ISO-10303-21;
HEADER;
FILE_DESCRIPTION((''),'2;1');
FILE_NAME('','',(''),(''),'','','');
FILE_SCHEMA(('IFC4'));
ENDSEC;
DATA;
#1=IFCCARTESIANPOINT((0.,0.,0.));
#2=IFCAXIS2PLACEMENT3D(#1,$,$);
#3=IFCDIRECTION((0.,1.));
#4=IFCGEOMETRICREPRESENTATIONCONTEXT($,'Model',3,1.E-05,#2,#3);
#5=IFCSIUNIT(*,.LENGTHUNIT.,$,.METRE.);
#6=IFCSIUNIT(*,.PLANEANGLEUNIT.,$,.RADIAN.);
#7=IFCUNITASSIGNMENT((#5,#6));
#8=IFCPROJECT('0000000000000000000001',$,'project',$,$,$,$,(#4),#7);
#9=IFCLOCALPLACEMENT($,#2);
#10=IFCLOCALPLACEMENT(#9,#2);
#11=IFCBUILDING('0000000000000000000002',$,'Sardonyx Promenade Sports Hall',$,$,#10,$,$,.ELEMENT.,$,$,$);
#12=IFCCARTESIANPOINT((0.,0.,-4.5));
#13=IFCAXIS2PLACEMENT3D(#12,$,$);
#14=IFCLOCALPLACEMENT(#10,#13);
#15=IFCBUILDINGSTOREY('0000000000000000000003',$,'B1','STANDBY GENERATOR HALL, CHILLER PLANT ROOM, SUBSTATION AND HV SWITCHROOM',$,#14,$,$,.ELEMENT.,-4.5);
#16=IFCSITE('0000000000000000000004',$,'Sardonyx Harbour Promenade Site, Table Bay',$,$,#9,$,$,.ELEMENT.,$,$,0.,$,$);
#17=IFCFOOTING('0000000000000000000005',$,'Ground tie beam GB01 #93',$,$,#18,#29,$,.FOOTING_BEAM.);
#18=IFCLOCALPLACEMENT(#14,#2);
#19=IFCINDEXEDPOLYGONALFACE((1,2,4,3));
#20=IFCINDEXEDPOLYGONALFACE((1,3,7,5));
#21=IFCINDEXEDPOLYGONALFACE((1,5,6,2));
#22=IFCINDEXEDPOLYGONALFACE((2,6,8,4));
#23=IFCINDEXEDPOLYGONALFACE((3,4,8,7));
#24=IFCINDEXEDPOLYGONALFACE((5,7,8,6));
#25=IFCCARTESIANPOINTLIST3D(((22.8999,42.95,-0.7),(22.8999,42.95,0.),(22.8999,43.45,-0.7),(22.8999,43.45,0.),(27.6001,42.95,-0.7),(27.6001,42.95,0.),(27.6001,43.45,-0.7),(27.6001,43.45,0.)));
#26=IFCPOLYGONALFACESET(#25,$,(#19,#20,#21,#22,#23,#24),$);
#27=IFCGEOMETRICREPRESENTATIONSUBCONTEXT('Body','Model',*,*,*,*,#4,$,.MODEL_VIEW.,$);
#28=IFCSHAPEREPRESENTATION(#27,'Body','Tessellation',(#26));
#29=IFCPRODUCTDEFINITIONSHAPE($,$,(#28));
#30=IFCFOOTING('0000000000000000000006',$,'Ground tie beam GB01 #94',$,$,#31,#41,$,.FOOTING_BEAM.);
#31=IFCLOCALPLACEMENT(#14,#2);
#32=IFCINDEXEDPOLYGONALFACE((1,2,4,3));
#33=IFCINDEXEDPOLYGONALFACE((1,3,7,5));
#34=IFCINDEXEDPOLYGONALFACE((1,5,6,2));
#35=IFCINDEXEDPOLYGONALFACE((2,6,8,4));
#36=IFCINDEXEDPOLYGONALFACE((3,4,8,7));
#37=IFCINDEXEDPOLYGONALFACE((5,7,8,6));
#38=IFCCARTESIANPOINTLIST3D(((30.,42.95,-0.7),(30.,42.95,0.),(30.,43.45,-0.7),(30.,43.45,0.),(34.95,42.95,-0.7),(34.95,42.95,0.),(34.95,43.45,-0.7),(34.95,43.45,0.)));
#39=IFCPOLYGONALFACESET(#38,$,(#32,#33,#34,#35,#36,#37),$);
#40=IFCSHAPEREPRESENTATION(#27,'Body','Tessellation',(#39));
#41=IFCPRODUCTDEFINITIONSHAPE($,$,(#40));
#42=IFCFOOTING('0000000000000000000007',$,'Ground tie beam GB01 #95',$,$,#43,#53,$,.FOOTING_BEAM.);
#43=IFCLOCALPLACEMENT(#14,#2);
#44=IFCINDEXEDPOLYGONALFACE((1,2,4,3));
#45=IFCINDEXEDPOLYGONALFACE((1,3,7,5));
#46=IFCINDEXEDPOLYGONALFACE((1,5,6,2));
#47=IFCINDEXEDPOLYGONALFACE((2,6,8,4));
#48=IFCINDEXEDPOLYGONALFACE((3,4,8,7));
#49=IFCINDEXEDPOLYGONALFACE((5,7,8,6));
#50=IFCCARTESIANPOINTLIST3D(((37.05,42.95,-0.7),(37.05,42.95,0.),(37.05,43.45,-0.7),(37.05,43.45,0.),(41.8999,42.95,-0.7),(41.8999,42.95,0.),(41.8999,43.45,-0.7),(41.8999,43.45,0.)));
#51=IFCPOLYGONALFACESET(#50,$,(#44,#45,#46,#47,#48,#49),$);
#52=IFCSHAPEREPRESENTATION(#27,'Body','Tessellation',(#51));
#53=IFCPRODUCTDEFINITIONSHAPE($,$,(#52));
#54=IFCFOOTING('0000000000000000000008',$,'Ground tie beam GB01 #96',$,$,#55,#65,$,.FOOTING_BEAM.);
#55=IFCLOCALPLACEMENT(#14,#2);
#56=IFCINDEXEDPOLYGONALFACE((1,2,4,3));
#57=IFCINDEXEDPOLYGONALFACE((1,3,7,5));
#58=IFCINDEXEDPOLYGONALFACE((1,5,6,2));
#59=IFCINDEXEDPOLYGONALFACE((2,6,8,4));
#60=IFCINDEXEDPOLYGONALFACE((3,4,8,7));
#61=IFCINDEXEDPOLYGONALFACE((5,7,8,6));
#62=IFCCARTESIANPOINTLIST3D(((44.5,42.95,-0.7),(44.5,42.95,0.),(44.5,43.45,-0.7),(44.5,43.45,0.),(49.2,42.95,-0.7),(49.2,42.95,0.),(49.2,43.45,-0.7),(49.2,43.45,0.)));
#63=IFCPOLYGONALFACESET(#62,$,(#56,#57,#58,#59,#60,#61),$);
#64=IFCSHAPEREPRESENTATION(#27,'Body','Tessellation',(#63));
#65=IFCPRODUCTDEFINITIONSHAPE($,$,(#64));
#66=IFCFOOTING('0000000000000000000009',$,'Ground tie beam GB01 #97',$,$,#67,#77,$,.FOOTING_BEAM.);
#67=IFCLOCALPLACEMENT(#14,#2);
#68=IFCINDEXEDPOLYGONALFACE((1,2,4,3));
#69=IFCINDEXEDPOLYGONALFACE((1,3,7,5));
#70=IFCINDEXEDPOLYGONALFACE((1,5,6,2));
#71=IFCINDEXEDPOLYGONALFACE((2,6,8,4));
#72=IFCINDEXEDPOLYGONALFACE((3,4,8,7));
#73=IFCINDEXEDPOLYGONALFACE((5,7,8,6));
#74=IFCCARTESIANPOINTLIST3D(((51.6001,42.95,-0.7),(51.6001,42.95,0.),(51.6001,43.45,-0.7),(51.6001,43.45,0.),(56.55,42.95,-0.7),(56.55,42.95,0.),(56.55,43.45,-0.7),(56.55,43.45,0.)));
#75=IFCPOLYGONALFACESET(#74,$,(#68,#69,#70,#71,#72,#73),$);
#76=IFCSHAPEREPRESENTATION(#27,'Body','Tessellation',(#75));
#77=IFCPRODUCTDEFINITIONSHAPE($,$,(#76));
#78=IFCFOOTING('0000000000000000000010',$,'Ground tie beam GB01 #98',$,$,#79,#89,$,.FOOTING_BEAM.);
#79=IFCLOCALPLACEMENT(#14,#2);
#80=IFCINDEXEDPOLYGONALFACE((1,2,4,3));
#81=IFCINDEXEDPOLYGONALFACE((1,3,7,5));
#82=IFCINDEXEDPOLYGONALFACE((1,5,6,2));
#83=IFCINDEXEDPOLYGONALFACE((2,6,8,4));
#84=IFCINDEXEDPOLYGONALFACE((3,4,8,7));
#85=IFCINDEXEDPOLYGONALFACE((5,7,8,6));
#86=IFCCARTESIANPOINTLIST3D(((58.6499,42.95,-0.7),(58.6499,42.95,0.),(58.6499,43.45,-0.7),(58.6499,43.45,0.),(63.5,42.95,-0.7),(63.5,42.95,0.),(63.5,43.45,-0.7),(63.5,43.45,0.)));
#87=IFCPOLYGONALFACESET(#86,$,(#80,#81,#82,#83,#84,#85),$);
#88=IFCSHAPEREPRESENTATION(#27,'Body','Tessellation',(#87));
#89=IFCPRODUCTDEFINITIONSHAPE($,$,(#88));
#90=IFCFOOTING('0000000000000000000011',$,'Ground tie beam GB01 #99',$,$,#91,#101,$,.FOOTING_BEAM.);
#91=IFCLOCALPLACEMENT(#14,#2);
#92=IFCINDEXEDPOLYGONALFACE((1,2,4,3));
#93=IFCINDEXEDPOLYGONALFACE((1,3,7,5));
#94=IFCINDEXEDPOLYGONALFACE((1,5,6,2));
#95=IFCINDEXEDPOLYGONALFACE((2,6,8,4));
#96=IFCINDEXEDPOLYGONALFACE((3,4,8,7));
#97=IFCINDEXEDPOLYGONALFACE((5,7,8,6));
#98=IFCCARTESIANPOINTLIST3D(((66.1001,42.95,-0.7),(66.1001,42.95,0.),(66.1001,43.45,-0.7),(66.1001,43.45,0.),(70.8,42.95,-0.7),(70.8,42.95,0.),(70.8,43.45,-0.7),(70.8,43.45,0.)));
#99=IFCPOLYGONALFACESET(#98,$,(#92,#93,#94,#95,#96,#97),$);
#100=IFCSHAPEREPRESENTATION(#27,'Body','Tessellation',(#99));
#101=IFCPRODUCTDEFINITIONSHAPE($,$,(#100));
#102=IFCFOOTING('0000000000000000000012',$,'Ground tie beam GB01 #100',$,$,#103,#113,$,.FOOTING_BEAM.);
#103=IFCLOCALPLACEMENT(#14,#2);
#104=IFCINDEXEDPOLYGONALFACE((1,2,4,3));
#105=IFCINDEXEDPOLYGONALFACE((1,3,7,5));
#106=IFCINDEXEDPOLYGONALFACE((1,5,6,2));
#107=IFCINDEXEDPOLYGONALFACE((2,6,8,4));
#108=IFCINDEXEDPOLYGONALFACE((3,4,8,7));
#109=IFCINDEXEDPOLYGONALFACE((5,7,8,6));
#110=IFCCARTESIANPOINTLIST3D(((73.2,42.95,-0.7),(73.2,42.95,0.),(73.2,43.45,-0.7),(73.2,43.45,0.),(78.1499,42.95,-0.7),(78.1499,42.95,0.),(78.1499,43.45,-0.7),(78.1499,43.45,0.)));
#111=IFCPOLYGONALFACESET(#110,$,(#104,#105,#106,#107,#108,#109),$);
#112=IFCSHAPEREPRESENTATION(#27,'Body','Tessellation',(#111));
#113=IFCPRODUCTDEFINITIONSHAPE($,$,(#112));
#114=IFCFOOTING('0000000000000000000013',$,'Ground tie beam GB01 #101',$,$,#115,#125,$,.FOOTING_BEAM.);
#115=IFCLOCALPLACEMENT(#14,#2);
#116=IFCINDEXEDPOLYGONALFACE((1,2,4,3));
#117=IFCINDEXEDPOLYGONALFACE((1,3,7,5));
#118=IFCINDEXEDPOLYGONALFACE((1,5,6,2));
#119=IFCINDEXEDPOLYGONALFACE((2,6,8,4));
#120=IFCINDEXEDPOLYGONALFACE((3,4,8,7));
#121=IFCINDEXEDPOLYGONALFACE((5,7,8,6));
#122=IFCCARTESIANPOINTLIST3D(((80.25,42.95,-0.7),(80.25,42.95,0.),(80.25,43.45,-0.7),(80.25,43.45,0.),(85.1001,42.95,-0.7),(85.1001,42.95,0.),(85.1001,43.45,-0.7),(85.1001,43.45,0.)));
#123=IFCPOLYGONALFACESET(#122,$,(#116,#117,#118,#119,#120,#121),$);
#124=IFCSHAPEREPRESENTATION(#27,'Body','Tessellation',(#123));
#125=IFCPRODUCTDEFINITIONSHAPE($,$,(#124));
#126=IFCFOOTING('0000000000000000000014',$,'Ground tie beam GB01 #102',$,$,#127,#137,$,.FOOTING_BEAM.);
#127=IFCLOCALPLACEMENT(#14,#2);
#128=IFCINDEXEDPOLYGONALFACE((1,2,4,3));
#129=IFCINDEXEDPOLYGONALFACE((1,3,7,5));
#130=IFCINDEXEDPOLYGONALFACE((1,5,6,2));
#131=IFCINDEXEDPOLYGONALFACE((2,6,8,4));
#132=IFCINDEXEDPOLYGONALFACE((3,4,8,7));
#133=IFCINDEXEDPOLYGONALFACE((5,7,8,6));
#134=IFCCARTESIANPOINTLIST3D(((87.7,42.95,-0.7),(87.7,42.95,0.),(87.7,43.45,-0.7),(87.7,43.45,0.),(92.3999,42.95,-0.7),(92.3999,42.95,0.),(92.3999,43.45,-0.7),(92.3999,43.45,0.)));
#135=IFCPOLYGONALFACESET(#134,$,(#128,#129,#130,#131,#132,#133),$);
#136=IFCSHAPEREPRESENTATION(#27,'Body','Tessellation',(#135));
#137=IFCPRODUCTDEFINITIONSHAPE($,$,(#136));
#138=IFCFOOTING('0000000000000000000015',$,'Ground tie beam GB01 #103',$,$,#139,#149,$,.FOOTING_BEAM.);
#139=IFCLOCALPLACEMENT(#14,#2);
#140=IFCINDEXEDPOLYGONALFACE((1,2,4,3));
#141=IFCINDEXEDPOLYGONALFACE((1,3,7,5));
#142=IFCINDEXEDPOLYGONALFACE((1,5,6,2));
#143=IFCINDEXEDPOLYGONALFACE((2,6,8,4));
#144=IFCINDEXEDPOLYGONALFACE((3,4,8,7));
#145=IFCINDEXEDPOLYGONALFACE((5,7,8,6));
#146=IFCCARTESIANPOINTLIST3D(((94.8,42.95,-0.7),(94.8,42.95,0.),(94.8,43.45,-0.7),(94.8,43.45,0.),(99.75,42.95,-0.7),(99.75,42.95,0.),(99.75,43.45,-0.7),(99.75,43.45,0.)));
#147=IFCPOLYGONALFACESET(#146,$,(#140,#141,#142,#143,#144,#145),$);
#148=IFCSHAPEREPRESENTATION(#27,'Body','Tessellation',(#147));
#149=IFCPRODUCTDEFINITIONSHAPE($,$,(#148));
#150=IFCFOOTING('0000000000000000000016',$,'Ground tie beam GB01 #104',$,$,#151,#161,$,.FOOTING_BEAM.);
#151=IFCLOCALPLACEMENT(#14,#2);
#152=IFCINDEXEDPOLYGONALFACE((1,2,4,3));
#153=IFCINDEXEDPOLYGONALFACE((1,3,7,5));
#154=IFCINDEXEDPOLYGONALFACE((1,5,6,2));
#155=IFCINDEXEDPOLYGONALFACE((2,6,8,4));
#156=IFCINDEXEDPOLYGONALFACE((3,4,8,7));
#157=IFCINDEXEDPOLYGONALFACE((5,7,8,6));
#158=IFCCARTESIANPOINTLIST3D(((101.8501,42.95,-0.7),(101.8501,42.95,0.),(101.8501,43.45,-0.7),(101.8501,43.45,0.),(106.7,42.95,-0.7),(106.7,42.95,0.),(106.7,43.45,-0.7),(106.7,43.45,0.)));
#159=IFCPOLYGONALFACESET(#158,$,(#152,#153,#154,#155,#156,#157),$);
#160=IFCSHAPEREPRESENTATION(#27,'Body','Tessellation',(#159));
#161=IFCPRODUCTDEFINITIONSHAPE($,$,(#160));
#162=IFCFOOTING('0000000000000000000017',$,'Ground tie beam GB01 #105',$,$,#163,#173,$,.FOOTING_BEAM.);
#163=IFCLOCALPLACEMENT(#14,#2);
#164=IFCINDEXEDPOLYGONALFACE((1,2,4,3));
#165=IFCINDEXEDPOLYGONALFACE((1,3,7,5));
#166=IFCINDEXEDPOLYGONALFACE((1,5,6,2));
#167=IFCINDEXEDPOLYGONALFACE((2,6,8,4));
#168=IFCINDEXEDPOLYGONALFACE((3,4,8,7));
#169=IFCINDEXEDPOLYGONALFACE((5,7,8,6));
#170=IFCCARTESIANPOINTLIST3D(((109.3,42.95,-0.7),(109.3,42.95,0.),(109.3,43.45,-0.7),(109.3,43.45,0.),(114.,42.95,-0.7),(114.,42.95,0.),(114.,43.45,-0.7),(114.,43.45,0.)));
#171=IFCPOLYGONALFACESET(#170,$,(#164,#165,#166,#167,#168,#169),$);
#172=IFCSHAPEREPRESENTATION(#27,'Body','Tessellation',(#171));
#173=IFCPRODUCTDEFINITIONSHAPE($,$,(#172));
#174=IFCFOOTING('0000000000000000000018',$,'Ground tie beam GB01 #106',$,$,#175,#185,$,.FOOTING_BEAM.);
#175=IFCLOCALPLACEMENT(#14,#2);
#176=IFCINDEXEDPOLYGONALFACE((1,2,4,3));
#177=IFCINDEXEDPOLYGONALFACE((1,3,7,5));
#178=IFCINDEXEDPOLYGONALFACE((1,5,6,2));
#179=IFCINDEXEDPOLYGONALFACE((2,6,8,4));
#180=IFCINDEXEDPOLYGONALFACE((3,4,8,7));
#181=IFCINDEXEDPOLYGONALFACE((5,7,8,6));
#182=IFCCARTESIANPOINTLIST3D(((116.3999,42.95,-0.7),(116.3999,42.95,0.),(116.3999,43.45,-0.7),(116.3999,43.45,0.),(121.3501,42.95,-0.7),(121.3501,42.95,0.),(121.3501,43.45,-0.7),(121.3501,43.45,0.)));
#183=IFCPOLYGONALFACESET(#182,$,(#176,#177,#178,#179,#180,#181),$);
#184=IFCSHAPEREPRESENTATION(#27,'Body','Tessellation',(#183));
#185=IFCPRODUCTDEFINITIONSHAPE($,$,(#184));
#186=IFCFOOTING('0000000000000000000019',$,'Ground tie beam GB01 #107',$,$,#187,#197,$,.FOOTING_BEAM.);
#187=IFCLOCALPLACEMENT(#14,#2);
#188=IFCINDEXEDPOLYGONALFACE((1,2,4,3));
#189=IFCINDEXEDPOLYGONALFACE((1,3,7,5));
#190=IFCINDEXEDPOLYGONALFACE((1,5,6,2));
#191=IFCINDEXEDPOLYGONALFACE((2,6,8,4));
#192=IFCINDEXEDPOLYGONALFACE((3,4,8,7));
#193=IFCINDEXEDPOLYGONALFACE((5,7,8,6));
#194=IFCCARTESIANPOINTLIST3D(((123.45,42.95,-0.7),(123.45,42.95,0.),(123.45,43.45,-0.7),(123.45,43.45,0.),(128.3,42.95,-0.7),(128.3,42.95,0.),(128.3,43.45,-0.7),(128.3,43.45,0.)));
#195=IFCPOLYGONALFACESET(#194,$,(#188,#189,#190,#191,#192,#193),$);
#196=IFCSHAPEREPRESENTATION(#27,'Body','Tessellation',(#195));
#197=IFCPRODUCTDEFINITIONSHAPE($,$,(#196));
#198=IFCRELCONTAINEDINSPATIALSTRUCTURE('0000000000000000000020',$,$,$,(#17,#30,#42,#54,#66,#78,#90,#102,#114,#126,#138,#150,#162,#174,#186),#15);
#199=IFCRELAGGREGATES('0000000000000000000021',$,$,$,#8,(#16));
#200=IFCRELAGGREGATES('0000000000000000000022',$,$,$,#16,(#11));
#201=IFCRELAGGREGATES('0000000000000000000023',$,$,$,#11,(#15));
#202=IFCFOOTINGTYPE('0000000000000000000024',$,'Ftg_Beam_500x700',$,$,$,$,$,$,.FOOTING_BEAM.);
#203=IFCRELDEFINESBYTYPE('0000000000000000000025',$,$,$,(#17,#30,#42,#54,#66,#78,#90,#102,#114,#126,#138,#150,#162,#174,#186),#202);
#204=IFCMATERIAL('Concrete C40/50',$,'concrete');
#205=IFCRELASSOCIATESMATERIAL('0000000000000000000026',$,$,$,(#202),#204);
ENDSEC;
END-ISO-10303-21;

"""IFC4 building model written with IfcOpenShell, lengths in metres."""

from ifc_helpers import new_model, si_unit, direction, frame, origin, place, context, subcontext, project, spatial, polyline, outline, extrude, material, type_object, element, save


model = new_model("IFC4")

# Units and contexts
model_context = context("Model", 3, precision=1e-05, world=origin(), true_north=direction((0.0, 1.0)))
body_context = subcontext(model_context, "Body", "Model", "MODEL_VIEW")
ifc_project = project(units=[si_unit("LENGTHUNIT", "METRE"), si_unit("PLANEANGLEUNIT", "RADIAN")], contexts=[model_context])

# Site, building, storey
site_placement = place(None, origin())
site = spatial("IfcSite", under=ifc_project, at=site_placement, Name="Sardonyx Harbour Promenade Site, Table Bay", CompositionType="ELEMENT", RefElevation=0.0)
building_placement = place(site_placement, origin())
building = spatial("IfcBuilding", under=site, at=building_placement, Name="Sardonyx Promenade Sports Hall", CompositionType="ELEMENT")
storey_placement = place(building_placement, frame((0.0, 0.0, -4.5)))
storey = spatial("IfcBuildingStorey", under=building, at=storey_placement, Name="B1", Description="STANDBY GENERATOR HALL, CHILLER PLANT ROOM, SUBSTATION AND HV SWITCHROOM", CompositionType="ELEMENT", Elevation=-4.5)

# Footings
ifc_material = material(Name="Concrete C40/50", Category="concrete")
footing_type = type_object("IfcFootingType", Name="Ftg_Beam_500x700", PredefinedType="FOOTING_BEAM", material=ifc_material)
footing_1_placement = place(storey_placement, frame((0.0, 0.0, -0.7)))
element("IfcFooting", 1, at=footing_1_placement, inside=storey, type_object=footing_type, Name="Ground tie beam GB01 #93", PredefinedType="FOOTING_BEAM", context=body_context, shape_type="SweptSolid", body=[
    extrude(outline(polyline([(22.8999, 42.95), (27.6001, 42.95), (27.6001, 43.45), (22.8999, 43.45), (22.8999, 42.95)])), origin(), (0.0, 0.0, 1.0), 0.7),
])
footing_2_placement = place(storey_placement, frame((0.0, 0.0, -0.7)))
element("IfcFooting", 2, at=footing_2_placement, inside=storey, type_object=footing_type, Name="Ground tie beam GB01 #94", PredefinedType="FOOTING_BEAM", context=body_context, shape_type="SweptSolid", body=[
    extrude(outline(polyline([(30.0, 42.95), (34.95, 42.95), (34.95, 43.45), (30.0, 43.45), (30.0, 42.95)])), origin(), (0.0, 0.0, 1.0), 0.7),
])
footing_3_placement = place(storey_placement, frame((0.0, 0.0, -0.7)))
element("IfcFooting", 3, at=footing_3_placement, inside=storey, type_object=footing_type, Name="Ground tie beam GB01 #95", PredefinedType="FOOTING_BEAM", context=body_context, shape_type="SweptSolid", body=[
    extrude(outline(polyline([(37.05, 42.95), (41.8999, 42.95), (41.8999, 43.45), (37.05, 43.45), (37.05, 42.95)])), origin(), (0.0, 0.0, 1.0), 0.7),
])
footing_4_placement = place(storey_placement, frame((0.0, 0.0, -0.7)))
element("IfcFooting", 4, at=footing_4_placement, inside=storey, type_object=footing_type, Name="Ground tie beam GB01 #96", PredefinedType="FOOTING_BEAM", context=body_context, shape_type="SweptSolid", body=[
    extrude(outline(polyline([(44.5, 42.95), (49.2, 42.95), (49.2, 43.45), (44.5, 43.45), (44.5, 42.95)])), origin(), (0.0, 0.0, 1.0), 0.7),
])
footing_5_placement = place(storey_placement, frame((0.0, 0.0, -0.7)))
element("IfcFooting", 5, at=footing_5_placement, inside=storey, type_object=footing_type, Name="Ground tie beam GB01 #97", PredefinedType="FOOTING_BEAM", context=body_context, shape_type="SweptSolid", body=[
    extrude(outline(polyline([(51.6001, 42.95), (56.55, 42.95), (56.55, 43.45), (51.6001, 43.45), (51.6001, 42.95)])), origin(), (0.0, 0.0, 1.0), 0.7),
])
footing_6_placement = place(storey_placement, frame((0.0, 0.0, -0.7)))
element("IfcFooting", 6, at=footing_6_placement, inside=storey, type_object=footing_type, Name="Ground tie beam GB01 #98", PredefinedType="FOOTING_BEAM", context=body_context, shape_type="SweptSolid", body=[
    extrude(outline(polyline([(58.6499, 42.95), (63.5, 42.95), (63.5, 43.45), (58.6499, 43.45), (58.6499, 42.95)])), origin(), (0.0, 0.0, 1.0), 0.7),
])
footing_7_placement = place(storey_placement, frame((0.0, 0.0, -0.7)))
element("IfcFooting", 7, at=footing_7_placement, inside=storey, type_object=footing_type, Name="Ground tie beam GB01 #99", PredefinedType="FOOTING_BEAM", context=body_context, shape_type="SweptSolid", body=[
    extrude(outline(polyline([(66.1001, 42.95), (70.8, 42.95), (70.8, 43.45), (66.1001, 43.45), (66.1001, 42.95)])), origin(), (0.0, 0.0, 1.0), 0.7),
])
footing_8_placement = place(storey_placement, frame((0.0, 0.0, -0.7)))
element("IfcFooting", 8, at=footing_8_placement, inside=storey, type_object=footing_type, Name="Ground tie beam GB01 #100", PredefinedType="FOOTING_BEAM", context=body_context, shape_type="SweptSolid", body=[
    extrude(outline(polyline([(73.2, 42.95), (78.1499, 42.95), (78.1499, 43.45), (73.2, 43.45), (73.2, 42.95)])), origin(), (0.0, 0.0, 1.0), 0.7),
])
footing_9_placement = place(storey_placement, frame((0.0, 0.0, -0.7)))
element("IfcFooting", 9, at=footing_9_placement, inside=storey, type_object=footing_type, Name="Ground tie beam GB01 #101", PredefinedType="FOOTING_BEAM", context=body_context, shape_type="SweptSolid", body=[
    extrude(outline(polyline([(80.25, 42.95), (85.1001, 42.95), (85.1001, 43.45), (80.25, 43.45), (80.25, 42.95)])), origin(), (0.0, 0.0, 1.0), 0.7),
])
footing_10_placement = place(storey_placement, frame((0.0, 0.0, -0.7)))
element("IfcFooting", 10, at=footing_10_placement, inside=storey, type_object=footing_type, Name="Ground tie beam GB01 #102", PredefinedType="FOOTING_BEAM", context=body_context, shape_type="SweptSolid", body=[
    extrude(outline(polyline([(87.7, 42.95), (92.3999, 42.95), (92.3999, 43.45), (87.7, 43.45), (87.7, 42.95)])), origin(), (0.0, 0.0, 1.0), 0.7),
])
footing_11_placement = place(storey_placement, frame((0.0, 0.0, -0.7)))
element("IfcFooting", 11, at=footing_11_placement, inside=storey, type_object=footing_type, Name="Ground tie beam GB01 #103", PredefinedType="FOOTING_BEAM", context=body_context, shape_type="SweptSolid", body=[
    extrude(outline(polyline([(94.8, 42.95), (99.75, 42.95), (99.75, 43.45), (94.8, 43.45), (94.8, 42.95)])), origin(), (0.0, 0.0, 1.0), 0.7),
])
footing_12_placement = place(storey_placement, frame((0.0, 0.0, -0.7)))
element("IfcFooting", 12, at=footing_12_placement, inside=storey, type_object=footing_type, Name="Ground tie beam GB01 #104", PredefinedType="FOOTING_BEAM", context=body_context, shape_type="SweptSolid", body=[
    extrude(outline(polyline([(101.8501, 42.95), (106.7, 42.95), (106.7, 43.45), (101.8501, 43.45), (101.8501, 42.95)])), origin(), (0.0, 0.0, 1.0), 0.7),
])
footing_13_placement = place(storey_placement, frame((0.0, 0.0, -0.7)))
element("IfcFooting", 13, at=footing_13_placement, inside=storey, type_object=footing_type, Name="Ground tie beam GB01 #105", PredefinedType="FOOTING_BEAM", context=body_context, shape_type="SweptSolid", body=[
    extrude(outline(polyline([(109.3, 42.95), (114.0, 42.95), (114.0, 43.45), (109.3, 43.45), (109.3, 42.95)])), origin(), (0.0, 0.0, 1.0), 0.7),
])
footing_14_placement = place(storey_placement, frame((0.0, 0.0, -0.7)))
element("IfcFooting", 14, at=footing_14_placement, inside=storey, type_object=footing_type, Name="Ground tie beam GB01 #106", PredefinedType="FOOTING_BEAM", context=body_context, shape_type="SweptSolid", body=[
    extrude(outline(polyline([(116.3999, 42.95), (121.3501, 42.95), (121.3501, 43.45), (116.3999, 43.45), (116.3999, 42.95)])), origin(), (0.0, 0.0, 1.0), 0.7),
])
footing_15_placement = place(storey_placement, frame((0.0, 0.0, -0.7)))
element("IfcFooting", 15, at=footing_15_placement, inside=storey, type_object=footing_type, Name="Ground tie beam GB01 #107", PredefinedType="FOOTING_BEAM", context=body_context, shape_type="SweptSolid", body=[
    extrude(outline(polyline([(123.45, 42.95), (128.3, 42.95), (128.3, 43.45), (123.45, 43.45), (123.45, 42.95)])), origin(), (0.0, 0.0, 1.0), 0.7),
])

save(model, "model.ifc")
